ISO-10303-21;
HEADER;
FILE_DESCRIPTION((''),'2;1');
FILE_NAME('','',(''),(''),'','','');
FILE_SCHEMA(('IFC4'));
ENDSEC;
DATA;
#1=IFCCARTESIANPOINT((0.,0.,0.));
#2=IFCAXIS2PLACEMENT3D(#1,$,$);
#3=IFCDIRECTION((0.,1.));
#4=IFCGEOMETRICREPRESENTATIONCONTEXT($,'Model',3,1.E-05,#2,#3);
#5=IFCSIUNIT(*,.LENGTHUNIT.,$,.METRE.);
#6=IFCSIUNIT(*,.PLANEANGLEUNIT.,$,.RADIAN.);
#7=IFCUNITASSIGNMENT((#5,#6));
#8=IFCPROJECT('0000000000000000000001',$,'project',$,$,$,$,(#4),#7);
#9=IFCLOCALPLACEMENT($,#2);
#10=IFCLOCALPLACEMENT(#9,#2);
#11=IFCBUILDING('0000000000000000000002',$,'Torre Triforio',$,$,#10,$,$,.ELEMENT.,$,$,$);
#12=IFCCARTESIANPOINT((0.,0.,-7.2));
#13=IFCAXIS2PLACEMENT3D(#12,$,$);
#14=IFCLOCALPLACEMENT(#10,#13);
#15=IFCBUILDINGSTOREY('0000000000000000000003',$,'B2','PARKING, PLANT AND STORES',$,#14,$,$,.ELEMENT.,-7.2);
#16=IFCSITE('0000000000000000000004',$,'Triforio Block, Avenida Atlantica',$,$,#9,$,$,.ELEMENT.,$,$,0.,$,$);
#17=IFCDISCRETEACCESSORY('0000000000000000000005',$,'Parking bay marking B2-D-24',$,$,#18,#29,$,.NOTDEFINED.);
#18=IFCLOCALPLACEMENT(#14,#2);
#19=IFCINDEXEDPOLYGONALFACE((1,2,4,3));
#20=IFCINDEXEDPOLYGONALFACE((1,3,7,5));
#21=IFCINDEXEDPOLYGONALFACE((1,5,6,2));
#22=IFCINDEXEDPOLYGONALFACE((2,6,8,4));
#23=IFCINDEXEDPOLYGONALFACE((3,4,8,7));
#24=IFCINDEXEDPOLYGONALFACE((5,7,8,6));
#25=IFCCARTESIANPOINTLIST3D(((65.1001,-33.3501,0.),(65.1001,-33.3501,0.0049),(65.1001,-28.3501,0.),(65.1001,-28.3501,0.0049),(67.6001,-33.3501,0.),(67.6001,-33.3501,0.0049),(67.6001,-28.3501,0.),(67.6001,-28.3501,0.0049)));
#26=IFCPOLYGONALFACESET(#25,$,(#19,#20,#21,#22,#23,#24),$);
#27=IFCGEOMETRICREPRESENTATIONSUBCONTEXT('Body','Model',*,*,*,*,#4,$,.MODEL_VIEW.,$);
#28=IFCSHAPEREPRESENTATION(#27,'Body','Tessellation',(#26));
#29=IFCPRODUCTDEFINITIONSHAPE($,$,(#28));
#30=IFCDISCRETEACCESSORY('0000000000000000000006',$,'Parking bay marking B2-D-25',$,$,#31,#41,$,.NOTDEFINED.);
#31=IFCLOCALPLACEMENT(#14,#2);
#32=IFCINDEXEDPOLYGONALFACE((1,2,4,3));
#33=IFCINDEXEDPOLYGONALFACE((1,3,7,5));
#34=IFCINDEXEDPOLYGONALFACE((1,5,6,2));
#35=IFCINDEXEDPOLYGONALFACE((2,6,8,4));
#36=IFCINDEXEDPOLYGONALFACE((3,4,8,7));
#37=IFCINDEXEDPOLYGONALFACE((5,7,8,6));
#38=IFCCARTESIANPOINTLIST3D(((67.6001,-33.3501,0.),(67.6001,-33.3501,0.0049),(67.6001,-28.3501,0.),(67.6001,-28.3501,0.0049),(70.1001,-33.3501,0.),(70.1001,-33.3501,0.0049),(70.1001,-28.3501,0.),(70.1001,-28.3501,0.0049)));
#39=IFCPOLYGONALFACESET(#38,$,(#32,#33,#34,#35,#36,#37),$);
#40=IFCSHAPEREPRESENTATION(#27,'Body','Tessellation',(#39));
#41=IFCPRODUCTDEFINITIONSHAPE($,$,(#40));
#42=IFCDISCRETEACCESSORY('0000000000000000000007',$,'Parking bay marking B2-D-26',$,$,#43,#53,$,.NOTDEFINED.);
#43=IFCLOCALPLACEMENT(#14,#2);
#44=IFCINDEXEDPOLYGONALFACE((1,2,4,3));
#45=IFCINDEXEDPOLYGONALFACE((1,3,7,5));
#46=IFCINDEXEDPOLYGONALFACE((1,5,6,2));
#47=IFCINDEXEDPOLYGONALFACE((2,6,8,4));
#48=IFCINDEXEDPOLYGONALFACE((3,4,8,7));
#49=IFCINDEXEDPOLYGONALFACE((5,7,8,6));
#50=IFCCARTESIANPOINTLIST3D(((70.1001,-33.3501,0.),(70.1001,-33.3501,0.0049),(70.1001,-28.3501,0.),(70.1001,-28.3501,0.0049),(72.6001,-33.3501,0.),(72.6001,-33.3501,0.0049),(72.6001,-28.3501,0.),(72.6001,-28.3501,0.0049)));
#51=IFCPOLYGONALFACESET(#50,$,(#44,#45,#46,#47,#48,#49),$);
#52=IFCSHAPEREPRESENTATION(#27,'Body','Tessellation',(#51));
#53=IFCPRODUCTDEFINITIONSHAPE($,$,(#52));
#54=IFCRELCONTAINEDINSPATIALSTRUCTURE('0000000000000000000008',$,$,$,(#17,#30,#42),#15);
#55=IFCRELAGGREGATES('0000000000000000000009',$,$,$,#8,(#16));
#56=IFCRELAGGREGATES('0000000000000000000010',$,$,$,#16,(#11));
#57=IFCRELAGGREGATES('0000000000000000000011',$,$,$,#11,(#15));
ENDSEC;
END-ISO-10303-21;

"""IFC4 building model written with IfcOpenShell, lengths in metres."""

from ifc_helpers import new_model, si_unit, direction, frame, origin, origin_2d, place, context, subcontext, project, spatial, rectangle, extrude, element, save


model = new_model("IFC4")

# Units and contexts
model_context = context("Model", 3, precision=1e-05, world=origin(), true_north=direction((0.0, 1.0)))
body_context = subcontext(model_context, "Body", "Model", "MODEL_VIEW")
ifc_project = project(units=[si_unit("LENGTHUNIT", "METRE"), si_unit("PLANEANGLEUNIT", "RADIAN")], contexts=[model_context])

# Site, building, storey
site_placement = place(None, origin())
site = spatial("IfcSite", under=ifc_project, at=site_placement, Name="Triforio Block, Avenida Atlantica", CompositionType="ELEMENT", RefElevation=0.0)
building_placement = place(site_placement, origin())
building = spatial("IfcBuilding", under=site, at=building_placement, Name="Torre Triforio", CompositionType="ELEMENT")
storey_placement = place(building_placement, frame((0.0, 0.0, -7.2)))
storey = spatial("IfcBuildingStorey", under=building, at=storey_placement, Name="B2", Description="PARKING, PLANT AND STORES", CompositionType="ELEMENT", Elevation=-7.2)

# Discrete accessories
for number, where, z_axis, x_axis, name in (
    (1, (66.3501, -30.8501, 0.0), (0.0, 0.0, 1.0), (1.0, 0.0, 0.0), "Parking bay marking B2-D-24"),
    (2, (68.8501, -30.8501, 0.0), (0.0, 0.0, 1.0), (1.0, 0.0, 0.0), "Parking bay marking B2-D-25"),
    (3, (71.3501, -30.8501, 0.0), (0.0, 0.0, 1.0), (1.0, 0.0, 0.0), "Parking bay marking B2-D-26"),
):
    element("IfcDiscreteAccessory", number, at=place(storey_placement, frame(where, z_axis=z_axis, x_axis=x_axis)), inside=storey, Name=name, PredefinedType="NOTDEFINED", context=body_context, shape_type="SweptSolid", body=[
        extrude(rectangle(XDim=2.5, YDim=5.0, at=origin_2d()), origin(), (0.0, 0.0, 1.0), 0.0049),
    ])

save(model, "model.ifc")
